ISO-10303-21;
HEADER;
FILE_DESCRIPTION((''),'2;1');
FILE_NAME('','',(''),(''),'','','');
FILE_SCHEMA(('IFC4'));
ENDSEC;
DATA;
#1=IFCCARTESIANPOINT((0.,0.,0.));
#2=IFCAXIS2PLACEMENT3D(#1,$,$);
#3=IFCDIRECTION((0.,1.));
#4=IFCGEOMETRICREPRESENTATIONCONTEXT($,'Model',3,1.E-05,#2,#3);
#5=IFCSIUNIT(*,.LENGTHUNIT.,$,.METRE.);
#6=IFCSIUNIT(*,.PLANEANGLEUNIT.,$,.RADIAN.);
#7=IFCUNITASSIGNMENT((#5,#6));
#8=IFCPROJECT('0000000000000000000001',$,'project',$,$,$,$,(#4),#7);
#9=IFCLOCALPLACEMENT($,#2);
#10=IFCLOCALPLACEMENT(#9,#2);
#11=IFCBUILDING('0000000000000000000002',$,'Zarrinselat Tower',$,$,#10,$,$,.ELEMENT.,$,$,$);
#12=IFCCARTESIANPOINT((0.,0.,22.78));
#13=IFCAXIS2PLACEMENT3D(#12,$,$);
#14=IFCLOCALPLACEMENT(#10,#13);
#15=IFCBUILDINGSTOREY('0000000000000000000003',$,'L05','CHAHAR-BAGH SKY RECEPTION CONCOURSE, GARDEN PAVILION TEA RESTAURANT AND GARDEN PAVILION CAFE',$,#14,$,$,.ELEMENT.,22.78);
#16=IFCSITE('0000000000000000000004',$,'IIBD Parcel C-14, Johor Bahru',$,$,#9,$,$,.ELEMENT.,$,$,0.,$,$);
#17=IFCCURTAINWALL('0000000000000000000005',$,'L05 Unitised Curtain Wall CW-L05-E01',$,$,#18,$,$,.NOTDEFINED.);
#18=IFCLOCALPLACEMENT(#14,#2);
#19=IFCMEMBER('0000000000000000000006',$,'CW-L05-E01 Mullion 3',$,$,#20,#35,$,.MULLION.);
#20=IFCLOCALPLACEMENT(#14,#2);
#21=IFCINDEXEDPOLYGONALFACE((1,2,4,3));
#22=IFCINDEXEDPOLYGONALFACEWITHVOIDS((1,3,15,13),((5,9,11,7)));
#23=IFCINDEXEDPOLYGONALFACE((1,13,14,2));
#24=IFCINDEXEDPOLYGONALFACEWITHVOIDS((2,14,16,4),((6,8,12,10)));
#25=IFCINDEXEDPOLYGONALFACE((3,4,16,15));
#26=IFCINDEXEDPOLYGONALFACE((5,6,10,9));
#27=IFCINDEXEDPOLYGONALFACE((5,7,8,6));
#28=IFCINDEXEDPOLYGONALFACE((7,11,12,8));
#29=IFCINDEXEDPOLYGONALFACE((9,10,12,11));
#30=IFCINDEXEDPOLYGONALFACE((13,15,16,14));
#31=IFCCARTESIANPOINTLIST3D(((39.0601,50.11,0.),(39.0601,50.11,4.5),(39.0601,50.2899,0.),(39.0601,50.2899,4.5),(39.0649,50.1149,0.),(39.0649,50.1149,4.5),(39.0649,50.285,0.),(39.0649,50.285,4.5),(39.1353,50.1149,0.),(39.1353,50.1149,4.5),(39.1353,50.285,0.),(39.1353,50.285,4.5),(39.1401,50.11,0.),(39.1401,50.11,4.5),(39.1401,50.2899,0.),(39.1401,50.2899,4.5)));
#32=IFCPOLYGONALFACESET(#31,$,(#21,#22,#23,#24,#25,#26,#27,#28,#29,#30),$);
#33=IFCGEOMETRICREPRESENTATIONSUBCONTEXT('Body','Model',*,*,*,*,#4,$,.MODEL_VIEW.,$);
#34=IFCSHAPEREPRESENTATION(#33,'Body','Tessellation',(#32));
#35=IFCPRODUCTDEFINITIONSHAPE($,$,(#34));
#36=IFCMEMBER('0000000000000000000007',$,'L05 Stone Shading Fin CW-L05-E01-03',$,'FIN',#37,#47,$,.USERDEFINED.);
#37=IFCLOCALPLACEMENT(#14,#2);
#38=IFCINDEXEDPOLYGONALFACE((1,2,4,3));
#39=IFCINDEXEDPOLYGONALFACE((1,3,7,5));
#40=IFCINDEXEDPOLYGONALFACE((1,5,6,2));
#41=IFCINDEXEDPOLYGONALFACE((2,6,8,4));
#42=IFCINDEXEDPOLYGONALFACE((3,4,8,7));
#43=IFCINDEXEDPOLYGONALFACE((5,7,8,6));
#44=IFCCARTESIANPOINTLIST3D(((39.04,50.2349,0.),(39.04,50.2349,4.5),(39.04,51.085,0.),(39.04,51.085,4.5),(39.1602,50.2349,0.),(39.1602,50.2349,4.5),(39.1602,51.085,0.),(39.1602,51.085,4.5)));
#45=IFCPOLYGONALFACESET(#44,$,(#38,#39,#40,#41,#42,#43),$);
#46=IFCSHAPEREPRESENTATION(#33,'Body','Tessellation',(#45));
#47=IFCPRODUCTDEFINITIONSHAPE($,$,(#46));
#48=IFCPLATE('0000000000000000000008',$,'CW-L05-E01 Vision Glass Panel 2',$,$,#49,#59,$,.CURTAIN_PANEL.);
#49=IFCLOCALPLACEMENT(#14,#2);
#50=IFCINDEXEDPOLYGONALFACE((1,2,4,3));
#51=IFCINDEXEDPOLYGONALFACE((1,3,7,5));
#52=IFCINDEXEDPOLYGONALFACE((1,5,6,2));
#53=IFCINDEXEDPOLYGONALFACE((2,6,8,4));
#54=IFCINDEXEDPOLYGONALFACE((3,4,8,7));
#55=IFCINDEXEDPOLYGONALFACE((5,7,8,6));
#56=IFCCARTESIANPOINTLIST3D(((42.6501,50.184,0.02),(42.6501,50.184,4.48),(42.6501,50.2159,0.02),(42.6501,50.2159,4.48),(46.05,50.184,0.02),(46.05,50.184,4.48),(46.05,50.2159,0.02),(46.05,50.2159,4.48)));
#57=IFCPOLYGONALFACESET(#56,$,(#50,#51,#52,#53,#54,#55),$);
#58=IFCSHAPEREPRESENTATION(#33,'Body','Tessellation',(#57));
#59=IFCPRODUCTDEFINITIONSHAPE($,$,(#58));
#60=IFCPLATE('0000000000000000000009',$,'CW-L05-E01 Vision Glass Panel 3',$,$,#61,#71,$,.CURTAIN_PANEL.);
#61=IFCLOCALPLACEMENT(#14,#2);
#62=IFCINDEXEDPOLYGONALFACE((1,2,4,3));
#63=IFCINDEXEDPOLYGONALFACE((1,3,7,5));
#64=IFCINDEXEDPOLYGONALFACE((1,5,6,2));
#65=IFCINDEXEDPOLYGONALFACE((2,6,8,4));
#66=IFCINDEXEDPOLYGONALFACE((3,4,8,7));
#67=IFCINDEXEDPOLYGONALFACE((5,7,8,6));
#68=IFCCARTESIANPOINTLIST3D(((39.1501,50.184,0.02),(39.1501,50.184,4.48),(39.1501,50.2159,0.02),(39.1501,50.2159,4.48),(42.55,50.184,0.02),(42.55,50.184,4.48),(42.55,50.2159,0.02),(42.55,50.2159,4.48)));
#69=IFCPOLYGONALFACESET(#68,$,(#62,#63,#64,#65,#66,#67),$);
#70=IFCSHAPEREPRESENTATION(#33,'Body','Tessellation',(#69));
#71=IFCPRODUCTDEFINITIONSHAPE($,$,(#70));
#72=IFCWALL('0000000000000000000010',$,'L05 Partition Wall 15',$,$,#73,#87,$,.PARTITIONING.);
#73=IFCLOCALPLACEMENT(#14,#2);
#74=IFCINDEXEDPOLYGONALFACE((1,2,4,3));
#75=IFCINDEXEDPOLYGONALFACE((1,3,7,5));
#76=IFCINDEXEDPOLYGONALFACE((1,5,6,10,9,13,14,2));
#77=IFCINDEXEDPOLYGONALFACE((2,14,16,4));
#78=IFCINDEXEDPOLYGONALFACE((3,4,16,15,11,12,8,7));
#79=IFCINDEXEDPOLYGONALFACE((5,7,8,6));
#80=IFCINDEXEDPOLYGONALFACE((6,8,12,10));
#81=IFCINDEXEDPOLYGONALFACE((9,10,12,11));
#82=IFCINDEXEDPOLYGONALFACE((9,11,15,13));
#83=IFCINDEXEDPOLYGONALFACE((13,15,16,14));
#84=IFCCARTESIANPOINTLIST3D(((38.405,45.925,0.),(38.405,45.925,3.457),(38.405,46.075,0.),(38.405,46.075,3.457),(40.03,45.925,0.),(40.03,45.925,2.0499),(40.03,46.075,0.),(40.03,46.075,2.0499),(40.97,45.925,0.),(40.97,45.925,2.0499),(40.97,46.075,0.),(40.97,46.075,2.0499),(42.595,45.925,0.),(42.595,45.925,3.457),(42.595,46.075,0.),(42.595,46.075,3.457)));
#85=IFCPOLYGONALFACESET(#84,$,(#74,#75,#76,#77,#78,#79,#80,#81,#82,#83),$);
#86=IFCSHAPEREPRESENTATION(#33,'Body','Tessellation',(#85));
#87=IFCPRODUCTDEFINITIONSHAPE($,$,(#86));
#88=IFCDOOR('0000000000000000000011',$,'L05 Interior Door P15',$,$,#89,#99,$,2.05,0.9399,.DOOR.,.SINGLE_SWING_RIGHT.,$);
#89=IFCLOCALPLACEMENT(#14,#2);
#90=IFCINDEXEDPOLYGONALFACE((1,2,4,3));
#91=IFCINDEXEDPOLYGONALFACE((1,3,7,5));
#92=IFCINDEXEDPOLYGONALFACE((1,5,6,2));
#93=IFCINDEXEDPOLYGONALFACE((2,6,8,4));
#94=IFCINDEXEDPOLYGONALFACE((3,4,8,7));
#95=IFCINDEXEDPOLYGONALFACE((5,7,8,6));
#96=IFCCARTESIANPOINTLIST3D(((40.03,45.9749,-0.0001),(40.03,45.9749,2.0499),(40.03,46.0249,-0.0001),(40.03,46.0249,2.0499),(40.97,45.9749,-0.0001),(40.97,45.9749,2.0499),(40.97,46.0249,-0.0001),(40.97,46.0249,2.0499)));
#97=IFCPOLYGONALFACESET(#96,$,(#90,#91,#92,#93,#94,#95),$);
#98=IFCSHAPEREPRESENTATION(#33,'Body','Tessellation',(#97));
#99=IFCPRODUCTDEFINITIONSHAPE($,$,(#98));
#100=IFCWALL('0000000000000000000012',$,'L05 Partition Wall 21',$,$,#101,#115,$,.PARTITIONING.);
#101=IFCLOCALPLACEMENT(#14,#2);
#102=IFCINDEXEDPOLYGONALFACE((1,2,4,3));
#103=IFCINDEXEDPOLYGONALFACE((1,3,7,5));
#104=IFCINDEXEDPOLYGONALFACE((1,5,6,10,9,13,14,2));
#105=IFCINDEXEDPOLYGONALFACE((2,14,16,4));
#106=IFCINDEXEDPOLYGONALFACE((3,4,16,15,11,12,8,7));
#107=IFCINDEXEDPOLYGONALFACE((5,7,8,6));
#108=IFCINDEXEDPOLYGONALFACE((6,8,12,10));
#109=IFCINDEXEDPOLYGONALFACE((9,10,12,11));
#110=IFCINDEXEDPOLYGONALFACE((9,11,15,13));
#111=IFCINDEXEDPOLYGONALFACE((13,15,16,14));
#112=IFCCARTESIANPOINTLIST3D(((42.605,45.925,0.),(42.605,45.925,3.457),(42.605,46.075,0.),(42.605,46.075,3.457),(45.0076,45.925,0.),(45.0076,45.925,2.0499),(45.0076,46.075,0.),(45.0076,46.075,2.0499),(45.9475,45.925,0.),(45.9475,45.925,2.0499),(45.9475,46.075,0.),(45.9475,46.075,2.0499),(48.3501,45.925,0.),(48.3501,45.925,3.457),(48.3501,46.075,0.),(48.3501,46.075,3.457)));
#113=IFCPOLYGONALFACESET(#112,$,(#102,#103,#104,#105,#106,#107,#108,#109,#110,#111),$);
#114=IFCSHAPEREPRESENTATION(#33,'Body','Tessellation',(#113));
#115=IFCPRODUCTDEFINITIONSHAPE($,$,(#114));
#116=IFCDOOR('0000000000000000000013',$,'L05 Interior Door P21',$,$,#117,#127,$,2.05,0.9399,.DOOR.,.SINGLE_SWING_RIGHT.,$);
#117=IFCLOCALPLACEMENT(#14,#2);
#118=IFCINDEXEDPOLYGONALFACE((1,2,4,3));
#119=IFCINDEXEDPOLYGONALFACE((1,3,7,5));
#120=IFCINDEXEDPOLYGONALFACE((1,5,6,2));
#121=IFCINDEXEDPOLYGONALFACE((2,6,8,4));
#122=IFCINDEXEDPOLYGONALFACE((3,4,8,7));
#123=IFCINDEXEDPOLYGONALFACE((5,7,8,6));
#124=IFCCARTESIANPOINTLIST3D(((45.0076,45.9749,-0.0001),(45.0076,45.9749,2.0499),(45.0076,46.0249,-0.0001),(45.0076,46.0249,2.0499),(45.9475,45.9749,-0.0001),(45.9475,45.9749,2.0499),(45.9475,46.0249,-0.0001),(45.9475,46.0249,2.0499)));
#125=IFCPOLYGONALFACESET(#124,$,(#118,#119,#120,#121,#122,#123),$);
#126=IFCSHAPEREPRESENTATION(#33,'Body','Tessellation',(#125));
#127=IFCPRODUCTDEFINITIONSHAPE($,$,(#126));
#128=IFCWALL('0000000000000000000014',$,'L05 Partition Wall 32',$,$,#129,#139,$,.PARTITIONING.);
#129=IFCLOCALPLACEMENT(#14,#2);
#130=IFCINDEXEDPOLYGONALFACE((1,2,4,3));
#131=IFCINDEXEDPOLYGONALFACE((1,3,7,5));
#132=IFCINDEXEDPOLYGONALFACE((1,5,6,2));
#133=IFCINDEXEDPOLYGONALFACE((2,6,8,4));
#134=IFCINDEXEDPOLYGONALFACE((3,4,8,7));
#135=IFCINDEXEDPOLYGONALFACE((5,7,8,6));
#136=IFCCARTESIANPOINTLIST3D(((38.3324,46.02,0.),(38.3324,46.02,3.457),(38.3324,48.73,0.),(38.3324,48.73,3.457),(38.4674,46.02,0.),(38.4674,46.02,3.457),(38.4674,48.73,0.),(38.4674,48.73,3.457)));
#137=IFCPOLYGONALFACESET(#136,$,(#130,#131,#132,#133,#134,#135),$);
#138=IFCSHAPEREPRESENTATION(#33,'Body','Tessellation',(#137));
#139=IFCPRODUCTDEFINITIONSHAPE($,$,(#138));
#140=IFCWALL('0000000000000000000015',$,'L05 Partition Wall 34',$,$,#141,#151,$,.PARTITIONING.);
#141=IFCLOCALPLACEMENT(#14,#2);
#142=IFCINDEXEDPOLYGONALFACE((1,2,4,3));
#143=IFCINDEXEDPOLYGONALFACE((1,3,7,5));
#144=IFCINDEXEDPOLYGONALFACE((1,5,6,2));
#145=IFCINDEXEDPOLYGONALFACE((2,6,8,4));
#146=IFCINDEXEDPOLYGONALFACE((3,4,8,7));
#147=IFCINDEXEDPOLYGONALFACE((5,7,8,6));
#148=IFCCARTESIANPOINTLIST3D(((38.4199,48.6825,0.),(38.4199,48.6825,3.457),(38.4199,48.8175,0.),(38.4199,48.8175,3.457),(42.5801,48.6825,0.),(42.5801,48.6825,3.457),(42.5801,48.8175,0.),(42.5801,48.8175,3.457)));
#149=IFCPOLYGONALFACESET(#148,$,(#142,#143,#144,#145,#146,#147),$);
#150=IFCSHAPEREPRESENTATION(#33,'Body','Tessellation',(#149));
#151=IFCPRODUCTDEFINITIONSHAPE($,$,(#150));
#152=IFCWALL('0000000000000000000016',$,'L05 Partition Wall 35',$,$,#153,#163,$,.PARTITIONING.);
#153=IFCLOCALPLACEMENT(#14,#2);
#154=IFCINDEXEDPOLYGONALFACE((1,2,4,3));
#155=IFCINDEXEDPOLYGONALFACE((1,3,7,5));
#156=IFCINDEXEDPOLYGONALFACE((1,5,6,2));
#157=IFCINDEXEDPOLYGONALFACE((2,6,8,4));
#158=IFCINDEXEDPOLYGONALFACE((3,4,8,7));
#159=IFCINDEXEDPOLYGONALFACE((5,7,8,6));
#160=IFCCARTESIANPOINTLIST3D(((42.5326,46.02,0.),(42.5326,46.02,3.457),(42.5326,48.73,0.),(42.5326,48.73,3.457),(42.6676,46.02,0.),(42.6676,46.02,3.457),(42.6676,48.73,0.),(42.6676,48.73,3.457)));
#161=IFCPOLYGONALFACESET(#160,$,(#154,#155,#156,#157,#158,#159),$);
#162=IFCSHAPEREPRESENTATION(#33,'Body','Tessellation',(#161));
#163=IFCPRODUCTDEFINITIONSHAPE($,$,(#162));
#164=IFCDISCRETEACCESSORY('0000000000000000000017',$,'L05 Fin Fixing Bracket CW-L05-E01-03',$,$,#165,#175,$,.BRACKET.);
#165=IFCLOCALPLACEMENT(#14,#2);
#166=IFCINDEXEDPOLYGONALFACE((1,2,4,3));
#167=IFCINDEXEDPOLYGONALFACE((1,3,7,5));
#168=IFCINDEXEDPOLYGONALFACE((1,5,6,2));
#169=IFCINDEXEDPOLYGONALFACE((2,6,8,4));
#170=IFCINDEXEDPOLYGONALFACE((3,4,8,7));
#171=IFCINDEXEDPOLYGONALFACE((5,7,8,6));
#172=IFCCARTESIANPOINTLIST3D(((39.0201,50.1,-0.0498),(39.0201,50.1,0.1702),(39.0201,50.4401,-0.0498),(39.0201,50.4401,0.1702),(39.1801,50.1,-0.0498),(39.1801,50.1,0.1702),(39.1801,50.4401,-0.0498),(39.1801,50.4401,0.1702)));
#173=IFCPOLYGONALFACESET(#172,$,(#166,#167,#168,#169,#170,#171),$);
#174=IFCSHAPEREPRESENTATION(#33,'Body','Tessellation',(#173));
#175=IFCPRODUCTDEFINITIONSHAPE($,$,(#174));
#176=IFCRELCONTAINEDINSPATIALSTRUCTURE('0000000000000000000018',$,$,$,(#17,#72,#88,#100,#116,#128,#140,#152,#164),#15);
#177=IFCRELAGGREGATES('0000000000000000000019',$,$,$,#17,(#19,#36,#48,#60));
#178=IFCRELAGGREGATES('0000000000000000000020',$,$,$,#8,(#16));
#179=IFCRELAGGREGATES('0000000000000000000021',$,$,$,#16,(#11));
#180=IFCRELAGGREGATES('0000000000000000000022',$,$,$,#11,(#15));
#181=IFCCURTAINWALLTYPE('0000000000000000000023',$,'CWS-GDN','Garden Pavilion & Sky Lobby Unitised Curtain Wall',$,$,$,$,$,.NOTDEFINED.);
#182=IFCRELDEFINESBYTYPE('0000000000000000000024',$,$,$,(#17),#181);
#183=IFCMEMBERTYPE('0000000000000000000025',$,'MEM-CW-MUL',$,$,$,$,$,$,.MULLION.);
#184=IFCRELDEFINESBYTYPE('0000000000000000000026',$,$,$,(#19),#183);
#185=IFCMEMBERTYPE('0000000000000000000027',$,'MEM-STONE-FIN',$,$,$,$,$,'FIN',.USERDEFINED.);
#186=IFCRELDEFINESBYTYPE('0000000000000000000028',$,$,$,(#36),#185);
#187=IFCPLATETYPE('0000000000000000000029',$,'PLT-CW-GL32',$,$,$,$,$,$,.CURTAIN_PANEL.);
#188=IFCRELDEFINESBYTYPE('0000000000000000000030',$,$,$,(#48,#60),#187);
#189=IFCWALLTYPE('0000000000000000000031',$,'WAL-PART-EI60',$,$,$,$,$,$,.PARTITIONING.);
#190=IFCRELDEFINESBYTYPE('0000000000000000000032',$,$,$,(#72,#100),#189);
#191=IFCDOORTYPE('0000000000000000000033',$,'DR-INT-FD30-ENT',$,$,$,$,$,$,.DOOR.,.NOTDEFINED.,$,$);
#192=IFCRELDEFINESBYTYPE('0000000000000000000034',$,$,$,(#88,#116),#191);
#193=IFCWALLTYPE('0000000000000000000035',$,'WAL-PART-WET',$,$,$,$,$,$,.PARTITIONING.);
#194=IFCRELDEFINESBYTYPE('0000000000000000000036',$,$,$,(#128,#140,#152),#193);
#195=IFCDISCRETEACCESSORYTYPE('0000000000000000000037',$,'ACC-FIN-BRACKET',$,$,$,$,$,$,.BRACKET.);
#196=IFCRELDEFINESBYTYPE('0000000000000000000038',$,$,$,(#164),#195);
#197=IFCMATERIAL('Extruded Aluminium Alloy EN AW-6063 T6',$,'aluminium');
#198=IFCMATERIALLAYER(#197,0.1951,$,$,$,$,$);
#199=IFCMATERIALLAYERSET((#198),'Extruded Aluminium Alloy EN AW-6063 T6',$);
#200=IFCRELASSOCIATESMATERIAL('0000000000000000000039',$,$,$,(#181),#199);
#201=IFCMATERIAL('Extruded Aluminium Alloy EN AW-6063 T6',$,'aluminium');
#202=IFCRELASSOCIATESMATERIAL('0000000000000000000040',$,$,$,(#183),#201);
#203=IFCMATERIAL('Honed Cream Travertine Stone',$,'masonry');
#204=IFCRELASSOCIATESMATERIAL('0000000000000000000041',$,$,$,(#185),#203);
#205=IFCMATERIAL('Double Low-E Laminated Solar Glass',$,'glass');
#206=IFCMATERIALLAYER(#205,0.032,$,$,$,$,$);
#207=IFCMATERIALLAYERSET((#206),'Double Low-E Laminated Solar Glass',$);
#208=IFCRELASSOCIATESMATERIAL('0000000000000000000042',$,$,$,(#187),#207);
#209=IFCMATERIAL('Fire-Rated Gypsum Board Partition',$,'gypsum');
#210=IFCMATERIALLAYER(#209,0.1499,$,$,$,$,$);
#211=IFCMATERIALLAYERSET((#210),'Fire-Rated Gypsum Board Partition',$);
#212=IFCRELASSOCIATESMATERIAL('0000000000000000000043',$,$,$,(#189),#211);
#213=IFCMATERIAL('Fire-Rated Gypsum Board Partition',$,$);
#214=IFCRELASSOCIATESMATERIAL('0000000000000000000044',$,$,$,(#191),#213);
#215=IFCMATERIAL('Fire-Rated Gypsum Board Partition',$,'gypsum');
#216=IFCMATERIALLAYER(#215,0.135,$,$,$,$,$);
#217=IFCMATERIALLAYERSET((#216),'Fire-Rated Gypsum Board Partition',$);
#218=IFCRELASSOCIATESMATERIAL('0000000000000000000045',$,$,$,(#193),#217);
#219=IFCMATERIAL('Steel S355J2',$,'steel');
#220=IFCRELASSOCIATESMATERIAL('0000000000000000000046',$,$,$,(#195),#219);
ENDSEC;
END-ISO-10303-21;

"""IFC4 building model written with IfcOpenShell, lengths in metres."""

from ifc_helpers import new_model, si_unit, direction, frame, frame_2d, origin, origin_2d, place, context, subcontext, project, spatial, rectangle, hollow_rectangle, extrude, material, layer, layer_set, material_profile, profile_set, type_object, element, fill, aggregate, save


model = new_model("IFC4")

# Units and contexts
model_context = context("Model", 3, precision=1e-05, world=origin(), true_north=direction((0.0, 1.0)))
body_context = subcontext(model_context, "Body", "Model", "MODEL_VIEW")
ifc_project = project(units=[si_unit("LENGTHUNIT", "METRE"), si_unit("PLANEANGLEUNIT", "RADIAN")], contexts=[model_context])

# Site, building, storey
site_placement = place(None, origin())
site = spatial("IfcSite", under=ifc_project, at=site_placement, Name="IIBD Parcel C-14, Johor Bahru", CompositionType="ELEMENT", RefElevation=0.0)
building_placement = place(site_placement, origin())
building = spatial("IfcBuilding", under=site, at=building_placement, Name="Zarrinselat Tower", CompositionType="ELEMENT")
storey_placement = place(building_placement, frame((0.0, 0.0, 22.78)))
storey = spatial("IfcBuildingStorey", under=building, at=storey_placement, Name="L05", Description="CHAHAR-BAGH SKY RECEPTION CONCOURSE, GARDEN PAVILION TEA RESTAURANT AND GARDEN PAVILION CAFE", CompositionType="ELEMENT", Elevation=22.78)

# Curtain wall, members, plates
ifc_material_1 = material(Name="Extruded Aluminium Alloy EN AW-6063 T6", Category="aluminium")
ifc_layer_1 = layer(ifc_material_1, 0.1951)
ifc_layer_set_1 = layer_set([ifc_layer_1], Name="Extruded Aluminium Alloy EN AW-6063 T6")
curtain_wall_type = type_object("IfcCurtainWallType", Name="CWS-GDN", Description="Garden Pavilion & Sky Lobby Unitised Curtain Wall", PredefinedType="NOTDEFINED", material=ifc_layer_set_1)
curtain_wall_placement = place(storey_placement, origin())
curtain_wall = element("IfcCurtainWall", 1, at=curtain_wall_placement, inside=storey, type_object=curtain_wall_type, Name="L05 Unitised Curtain Wall CW-L05-E01", PredefinedType="NOTDEFINED")
ifc_material_2 = material(Name="Extruded Aluminium Alloy EN AW-6063 T6", Category="aluminium")
ifc_material_profile_1 = material_profile(ifc_material_2, hollow_rectangle(XDim=0.0801, YDim=0.1799, WallThickness=0.0049, at=origin_2d()), Name="RHS 180x80x5")
ifc_profile_set_1 = profile_set([ifc_material_profile_1], Name="Extruded Aluminium Alloy EN AW-6063 T6")
member_type_1 = type_object("IfcMemberType", Name="MEM-CW-MUL", PredefinedType="MULLION", material=ifc_profile_set_1)
member_1_placement = place(storey_placement, frame((39.1001, 50.2, 0.0), z_axis=(0.0, 0.0, 1.0), x_axis=(-1.0, 0.0, 0.0)))
member_1 = element("IfcMember", 2, at=member_1_placement, type_object=member_type_1, Name="CW-L05-E01 Mullion 3", PredefinedType="MULLION", context=body_context, shape_type="SweptSolid", body=[
    extrude(hollow_rectangle(XDim=0.0801, YDim=0.1799, WallThickness=0.0049, at=origin_2d()), origin(), (0.0, 0.0, 1.0), 4.5),
])
ifc_material_3 = material(Name="Honed Cream Travertine Stone", Category="masonry")
ifc_material_profile_2 = material_profile(ifc_material_3, rectangle(XDim=0.1201, YDim=0.8501, at=origin_2d()), Name="FIN 850x120")
ifc_profile_set_2 = profile_set([ifc_material_profile_2], Name="Honed Cream Travertine Stone")
member_type_2 = type_object("IfcMemberType", Name="MEM-STONE-FIN", ElementType="FIN", PredefinedType="USERDEFINED", material=ifc_profile_set_2)
member_2_placement = place(storey_placement, frame((39.1001, 50.6599, 0.0), z_axis=(0.0, 0.0, 1.0), x_axis=(1.0, 0.0, 0.0)))
member_2 = element("IfcMember", 3, at=member_2_placement, type_object=member_type_2, Name="L05 Stone Shading Fin CW-L05-E01-03", ObjectType="FIN", PredefinedType="USERDEFINED", context=body_context, shape_type="SweptSolid", body=[
    extrude(rectangle(XDim=0.1201, YDim=0.8501, at=origin_2d()), origin(), (0.0, 0.0, 1.0), 4.5),
])
ifc_material_4 = material(Name="Double Low-E Laminated Solar Glass", Category="glass")
ifc_layer_2 = layer(ifc_material_4, 0.032)
ifc_layer_set_2 = layer_set([ifc_layer_2], Name="Double Low-E Laminated Solar Glass")
plate_type = type_object("IfcPlateType", Name="PLT-CW-GL32", PredefinedType="CURTAIN_PANEL", material=ifc_layer_set_2)
plate_1_placement = place(storey_placement, frame((44.3501, 50.2, 0.02), z_axis=(0.0, 0.0, 1.0), x_axis=(-1.0, 0.0, 0.0)))
plate_1 = element("IfcPlate", 4, at=plate_1_placement, type_object=plate_type, Name="CW-L05-E01 Vision Glass Panel 2", PredefinedType="CURTAIN_PANEL", context=body_context, shape_type="SweptSolid", body=[
    extrude(rectangle(XDim=3.3999, YDim=0.032, at=origin_2d()), origin(), (0.0, 0.0, 1.0), 4.46),
])
plate_2_placement = place(storey_placement, frame((40.8501, 50.2, 0.02), z_axis=(0.0, 0.0, 1.0), x_axis=(-1.0, 0.0, 0.0)))
plate_2 = element("IfcPlate", 5, at=plate_2_placement, type_object=plate_type, Name="CW-L05-E01 Vision Glass Panel 3", PredefinedType="CURTAIN_PANEL", context=body_context, shape_type="SweptSolid", body=[
    extrude(rectangle(XDim=3.3999, YDim=0.032, at=origin_2d()), origin(), (0.0, 0.0, 1.0), 4.46),
])
aggregate(curtain_wall, [member_1, member_2, plate_1, plate_2])

# Walls, openings, doors
ifc_material_5 = material(Name="Fire-Rated Gypsum Board Partition", Category="gypsum")
ifc_layer_3 = layer(ifc_material_5, 0.1499)
ifc_layer_set_3 = layer_set([ifc_layer_3], Name="Fire-Rated Gypsum Board Partition")
wall_type_1 = type_object("IfcWallType", Name="WAL-PART-EI60", PredefinedType="PARTITIONING", material=ifc_layer_set_3)
wall_1_placement = place(storey_placement, frame((38.405, 46.0, 0.0), z_axis=(0.0, 0.0, 1.0), x_axis=(1.0, 0.0, 0.0)))
wall_1 = element("IfcWall", 6, at=wall_1_placement, inside=storey, type_object=wall_type_1, Name="L05 Partition Wall 15", PredefinedType="PARTITIONING", context=body_context, shape_type="SweptSolid", body=[
    extrude(rectangle(XDim=4.1899, YDim=0.1499, at=frame_2d((2.095, 0.0))), origin(), (0.0, 0.0, 1.0), 3.457),
])
opening_1_placement = place(wall_1_placement, frame((1.625, 0.0, 0.0)))
opening_1 = element("IfcOpeningElement", 7, at=opening_1_placement, cuts=wall_1, PredefinedType="OPENING", context=body_context, shape_type="SweptSolid", body=[
    extrude(rectangle(XDim=0.9399, YDim=2.05, at=frame_2d((0.47, 1.0249))), frame((0.0, 0.085, 0.0), z_axis=(0.0, -1.0, 0.0), x_axis=(1.0, 0.0, 0.0)), (0.0, 0.0, 1.0), 0.1699),
])
ifc_material_6 = material(Name="Fire-Rated Gypsum Board Partition")
door_type = type_object("IfcDoorType", Name="DR-INT-FD30-ENT", OperationType="NOTDEFINED", PredefinedType="DOOR", material=ifc_material_6)
door_1_placement = place(opening_1_placement, origin())
door_1 = element("IfcDoor", 8, at=door_1_placement, inside=storey, type_object=door_type, Name="L05 Interior Door P15", OperationType="SINGLE_SWING_RIGHT", OverallHeight=2.05, OverallWidth=0.9399, PredefinedType="DOOR", context=body_context, shape_type="SweptSolid", body=[
    extrude(rectangle(XDim=0.9399, YDim=2.05, at=frame_2d((0.47, 1.0249))), frame((0.0, 0.0249, 0.0), z_axis=(0.0, -1.0, 0.0), x_axis=(1.0, 0.0, 0.0)), (0.0, 0.0, 1.0), 0.05),
])
fill(opening_1, door_1)
wall_2_placement = place(storey_placement, frame((42.605, 46.0, 0.0), z_axis=(0.0, 0.0, 1.0), x_axis=(1.0, 0.0, 0.0)))
wall_2 = element("IfcWall", 9, at=wall_2_placement, inside=storey, type_object=wall_type_1, Name="L05 Partition Wall 21", PredefinedType="PARTITIONING", context=body_context, shape_type="SweptSolid", body=[
    extrude(rectangle(XDim=5.7451, YDim=0.1499, at=frame_2d((2.8726, 0.0))), origin(), (0.0, 0.0, 1.0), 3.457),
])
opening_2_placement = place(wall_2_placement, frame((2.4026, 0.0, 0.0)))
opening_2 = element("IfcOpeningElement", 10, at=opening_2_placement, cuts=wall_2, PredefinedType="OPENING", context=body_context, shape_type="SweptSolid", body=[
    extrude(rectangle(XDim=0.9399, YDim=2.05, at=frame_2d((0.47, 1.0249))), frame((0.0, 0.085, 0.0), z_axis=(0.0, -1.0, 0.0), x_axis=(1.0, 0.0, 0.0)), (0.0, 0.0, 1.0), 0.1699),
])
door_2_placement = place(opening_2_placement, origin())
door_2 = element("IfcDoor", 11, at=door_2_placement, inside=storey, type_object=door_type, Name="L05 Interior Door P21", OperationType="SINGLE_SWING_RIGHT", OverallHeight=2.05, OverallWidth=0.9399, PredefinedType="DOOR", context=body_context, shape_type="SweptSolid", body=[
    extrude(rectangle(XDim=0.9399, YDim=2.05, at=frame_2d((0.47, 1.0249))), frame((0.0, 0.0249, 0.0), z_axis=(0.0, -1.0, 0.0), x_axis=(1.0, 0.0, 0.0)), (0.0, 0.0, 1.0), 0.05),
])
fill(opening_2, door_2)

# Walls
ifc_material_7 = material(Name="Fire-Rated Gypsum Board Partition", Category="gypsum")
ifc_layer_4 = layer(ifc_material_7, 0.135)
ifc_layer_set_4 = layer_set([ifc_layer_4], Name="Fire-Rated Gypsum Board Partition")
wall_type_2 = type_object("IfcWallType", Name="WAL-PART-WET", PredefinedType="PARTITIONING", material=ifc_layer_set_4)
wall_3_placement = place(storey_placement, frame((38.3999, 46.02, 0.0), z_axis=(0.0, 0.0, 1.0), x_axis=(0.0, 1.0, 0.0)))
element("IfcWall", 12, at=wall_3_placement, inside=storey, type_object=wall_type_2, Name="L05 Partition Wall 32", PredefinedType="PARTITIONING", context=body_context, shape_type="SweptSolid", body=[
    extrude(rectangle(XDim=2.71, YDim=0.135, at=frame_2d((1.355, 0.0))), origin(), (0.0, 0.0, 1.0), 3.457),
])
wall_4_placement = place(storey_placement, frame((38.4199, 48.75, 0.0), z_axis=(0.0, 0.0, 1.0), x_axis=(1.0, 0.0, 0.0)))
element("IfcWall", 13, at=wall_4_placement, inside=storey, type_object=wall_type_2, Name="L05 Partition Wall 34", PredefinedType="PARTITIONING", context=body_context, shape_type="SweptSolid", body=[
    extrude(rectangle(XDim=4.1602, YDim=0.135, at=frame_2d((2.0801, 0.0))), origin(), (0.0, 0.0, 1.0), 3.457),
])
wall_5_placement = place(storey_placement, frame((42.6001, 46.02, 0.0), z_axis=(0.0, 0.0, 1.0), x_axis=(0.0, 1.0, 0.0)))
element("IfcWall", 14, at=wall_5_placement, inside=storey, type_object=wall_type_2, Name="L05 Partition Wall 35", PredefinedType="PARTITIONING", context=body_context, shape_type="SweptSolid", body=[
    extrude(rectangle(XDim=2.71, YDim=0.135, at=frame_2d((1.355, 0.0))), origin(), (0.0, 0.0, 1.0), 3.457),
])

# Discrete accessory
ifc_material_8 = material(Name="Steel S355J2", Category="steel")
discrete_accessory_type = type_object("IfcDiscreteAccessoryType", Name="ACC-FIN-BRACKET", PredefinedType="BRACKET", material=ifc_material_8)
discrete_accessory_placement = place(storey_placement, frame((39.1001, 50.27, -0.0498), z_axis=(0.0, 0.0, 1.0), x_axis=(0.0, 1.0, 0.0)))
element("IfcDiscreteAccessory", 15, at=discrete_accessory_placement, inside=storey, type_object=discrete_accessory_type, Name="L05 Fin Fixing Bracket CW-L05-E01-03", PredefinedType="BRACKET", context=body_context, shape_type="SweptSolid", body=[
    extrude(rectangle(XDim=0.3401, YDim=0.1599, at=origin_2d()), origin(), (0.0, 0.0, 1.0), 0.22),
])

save(model, "model.ifc")
